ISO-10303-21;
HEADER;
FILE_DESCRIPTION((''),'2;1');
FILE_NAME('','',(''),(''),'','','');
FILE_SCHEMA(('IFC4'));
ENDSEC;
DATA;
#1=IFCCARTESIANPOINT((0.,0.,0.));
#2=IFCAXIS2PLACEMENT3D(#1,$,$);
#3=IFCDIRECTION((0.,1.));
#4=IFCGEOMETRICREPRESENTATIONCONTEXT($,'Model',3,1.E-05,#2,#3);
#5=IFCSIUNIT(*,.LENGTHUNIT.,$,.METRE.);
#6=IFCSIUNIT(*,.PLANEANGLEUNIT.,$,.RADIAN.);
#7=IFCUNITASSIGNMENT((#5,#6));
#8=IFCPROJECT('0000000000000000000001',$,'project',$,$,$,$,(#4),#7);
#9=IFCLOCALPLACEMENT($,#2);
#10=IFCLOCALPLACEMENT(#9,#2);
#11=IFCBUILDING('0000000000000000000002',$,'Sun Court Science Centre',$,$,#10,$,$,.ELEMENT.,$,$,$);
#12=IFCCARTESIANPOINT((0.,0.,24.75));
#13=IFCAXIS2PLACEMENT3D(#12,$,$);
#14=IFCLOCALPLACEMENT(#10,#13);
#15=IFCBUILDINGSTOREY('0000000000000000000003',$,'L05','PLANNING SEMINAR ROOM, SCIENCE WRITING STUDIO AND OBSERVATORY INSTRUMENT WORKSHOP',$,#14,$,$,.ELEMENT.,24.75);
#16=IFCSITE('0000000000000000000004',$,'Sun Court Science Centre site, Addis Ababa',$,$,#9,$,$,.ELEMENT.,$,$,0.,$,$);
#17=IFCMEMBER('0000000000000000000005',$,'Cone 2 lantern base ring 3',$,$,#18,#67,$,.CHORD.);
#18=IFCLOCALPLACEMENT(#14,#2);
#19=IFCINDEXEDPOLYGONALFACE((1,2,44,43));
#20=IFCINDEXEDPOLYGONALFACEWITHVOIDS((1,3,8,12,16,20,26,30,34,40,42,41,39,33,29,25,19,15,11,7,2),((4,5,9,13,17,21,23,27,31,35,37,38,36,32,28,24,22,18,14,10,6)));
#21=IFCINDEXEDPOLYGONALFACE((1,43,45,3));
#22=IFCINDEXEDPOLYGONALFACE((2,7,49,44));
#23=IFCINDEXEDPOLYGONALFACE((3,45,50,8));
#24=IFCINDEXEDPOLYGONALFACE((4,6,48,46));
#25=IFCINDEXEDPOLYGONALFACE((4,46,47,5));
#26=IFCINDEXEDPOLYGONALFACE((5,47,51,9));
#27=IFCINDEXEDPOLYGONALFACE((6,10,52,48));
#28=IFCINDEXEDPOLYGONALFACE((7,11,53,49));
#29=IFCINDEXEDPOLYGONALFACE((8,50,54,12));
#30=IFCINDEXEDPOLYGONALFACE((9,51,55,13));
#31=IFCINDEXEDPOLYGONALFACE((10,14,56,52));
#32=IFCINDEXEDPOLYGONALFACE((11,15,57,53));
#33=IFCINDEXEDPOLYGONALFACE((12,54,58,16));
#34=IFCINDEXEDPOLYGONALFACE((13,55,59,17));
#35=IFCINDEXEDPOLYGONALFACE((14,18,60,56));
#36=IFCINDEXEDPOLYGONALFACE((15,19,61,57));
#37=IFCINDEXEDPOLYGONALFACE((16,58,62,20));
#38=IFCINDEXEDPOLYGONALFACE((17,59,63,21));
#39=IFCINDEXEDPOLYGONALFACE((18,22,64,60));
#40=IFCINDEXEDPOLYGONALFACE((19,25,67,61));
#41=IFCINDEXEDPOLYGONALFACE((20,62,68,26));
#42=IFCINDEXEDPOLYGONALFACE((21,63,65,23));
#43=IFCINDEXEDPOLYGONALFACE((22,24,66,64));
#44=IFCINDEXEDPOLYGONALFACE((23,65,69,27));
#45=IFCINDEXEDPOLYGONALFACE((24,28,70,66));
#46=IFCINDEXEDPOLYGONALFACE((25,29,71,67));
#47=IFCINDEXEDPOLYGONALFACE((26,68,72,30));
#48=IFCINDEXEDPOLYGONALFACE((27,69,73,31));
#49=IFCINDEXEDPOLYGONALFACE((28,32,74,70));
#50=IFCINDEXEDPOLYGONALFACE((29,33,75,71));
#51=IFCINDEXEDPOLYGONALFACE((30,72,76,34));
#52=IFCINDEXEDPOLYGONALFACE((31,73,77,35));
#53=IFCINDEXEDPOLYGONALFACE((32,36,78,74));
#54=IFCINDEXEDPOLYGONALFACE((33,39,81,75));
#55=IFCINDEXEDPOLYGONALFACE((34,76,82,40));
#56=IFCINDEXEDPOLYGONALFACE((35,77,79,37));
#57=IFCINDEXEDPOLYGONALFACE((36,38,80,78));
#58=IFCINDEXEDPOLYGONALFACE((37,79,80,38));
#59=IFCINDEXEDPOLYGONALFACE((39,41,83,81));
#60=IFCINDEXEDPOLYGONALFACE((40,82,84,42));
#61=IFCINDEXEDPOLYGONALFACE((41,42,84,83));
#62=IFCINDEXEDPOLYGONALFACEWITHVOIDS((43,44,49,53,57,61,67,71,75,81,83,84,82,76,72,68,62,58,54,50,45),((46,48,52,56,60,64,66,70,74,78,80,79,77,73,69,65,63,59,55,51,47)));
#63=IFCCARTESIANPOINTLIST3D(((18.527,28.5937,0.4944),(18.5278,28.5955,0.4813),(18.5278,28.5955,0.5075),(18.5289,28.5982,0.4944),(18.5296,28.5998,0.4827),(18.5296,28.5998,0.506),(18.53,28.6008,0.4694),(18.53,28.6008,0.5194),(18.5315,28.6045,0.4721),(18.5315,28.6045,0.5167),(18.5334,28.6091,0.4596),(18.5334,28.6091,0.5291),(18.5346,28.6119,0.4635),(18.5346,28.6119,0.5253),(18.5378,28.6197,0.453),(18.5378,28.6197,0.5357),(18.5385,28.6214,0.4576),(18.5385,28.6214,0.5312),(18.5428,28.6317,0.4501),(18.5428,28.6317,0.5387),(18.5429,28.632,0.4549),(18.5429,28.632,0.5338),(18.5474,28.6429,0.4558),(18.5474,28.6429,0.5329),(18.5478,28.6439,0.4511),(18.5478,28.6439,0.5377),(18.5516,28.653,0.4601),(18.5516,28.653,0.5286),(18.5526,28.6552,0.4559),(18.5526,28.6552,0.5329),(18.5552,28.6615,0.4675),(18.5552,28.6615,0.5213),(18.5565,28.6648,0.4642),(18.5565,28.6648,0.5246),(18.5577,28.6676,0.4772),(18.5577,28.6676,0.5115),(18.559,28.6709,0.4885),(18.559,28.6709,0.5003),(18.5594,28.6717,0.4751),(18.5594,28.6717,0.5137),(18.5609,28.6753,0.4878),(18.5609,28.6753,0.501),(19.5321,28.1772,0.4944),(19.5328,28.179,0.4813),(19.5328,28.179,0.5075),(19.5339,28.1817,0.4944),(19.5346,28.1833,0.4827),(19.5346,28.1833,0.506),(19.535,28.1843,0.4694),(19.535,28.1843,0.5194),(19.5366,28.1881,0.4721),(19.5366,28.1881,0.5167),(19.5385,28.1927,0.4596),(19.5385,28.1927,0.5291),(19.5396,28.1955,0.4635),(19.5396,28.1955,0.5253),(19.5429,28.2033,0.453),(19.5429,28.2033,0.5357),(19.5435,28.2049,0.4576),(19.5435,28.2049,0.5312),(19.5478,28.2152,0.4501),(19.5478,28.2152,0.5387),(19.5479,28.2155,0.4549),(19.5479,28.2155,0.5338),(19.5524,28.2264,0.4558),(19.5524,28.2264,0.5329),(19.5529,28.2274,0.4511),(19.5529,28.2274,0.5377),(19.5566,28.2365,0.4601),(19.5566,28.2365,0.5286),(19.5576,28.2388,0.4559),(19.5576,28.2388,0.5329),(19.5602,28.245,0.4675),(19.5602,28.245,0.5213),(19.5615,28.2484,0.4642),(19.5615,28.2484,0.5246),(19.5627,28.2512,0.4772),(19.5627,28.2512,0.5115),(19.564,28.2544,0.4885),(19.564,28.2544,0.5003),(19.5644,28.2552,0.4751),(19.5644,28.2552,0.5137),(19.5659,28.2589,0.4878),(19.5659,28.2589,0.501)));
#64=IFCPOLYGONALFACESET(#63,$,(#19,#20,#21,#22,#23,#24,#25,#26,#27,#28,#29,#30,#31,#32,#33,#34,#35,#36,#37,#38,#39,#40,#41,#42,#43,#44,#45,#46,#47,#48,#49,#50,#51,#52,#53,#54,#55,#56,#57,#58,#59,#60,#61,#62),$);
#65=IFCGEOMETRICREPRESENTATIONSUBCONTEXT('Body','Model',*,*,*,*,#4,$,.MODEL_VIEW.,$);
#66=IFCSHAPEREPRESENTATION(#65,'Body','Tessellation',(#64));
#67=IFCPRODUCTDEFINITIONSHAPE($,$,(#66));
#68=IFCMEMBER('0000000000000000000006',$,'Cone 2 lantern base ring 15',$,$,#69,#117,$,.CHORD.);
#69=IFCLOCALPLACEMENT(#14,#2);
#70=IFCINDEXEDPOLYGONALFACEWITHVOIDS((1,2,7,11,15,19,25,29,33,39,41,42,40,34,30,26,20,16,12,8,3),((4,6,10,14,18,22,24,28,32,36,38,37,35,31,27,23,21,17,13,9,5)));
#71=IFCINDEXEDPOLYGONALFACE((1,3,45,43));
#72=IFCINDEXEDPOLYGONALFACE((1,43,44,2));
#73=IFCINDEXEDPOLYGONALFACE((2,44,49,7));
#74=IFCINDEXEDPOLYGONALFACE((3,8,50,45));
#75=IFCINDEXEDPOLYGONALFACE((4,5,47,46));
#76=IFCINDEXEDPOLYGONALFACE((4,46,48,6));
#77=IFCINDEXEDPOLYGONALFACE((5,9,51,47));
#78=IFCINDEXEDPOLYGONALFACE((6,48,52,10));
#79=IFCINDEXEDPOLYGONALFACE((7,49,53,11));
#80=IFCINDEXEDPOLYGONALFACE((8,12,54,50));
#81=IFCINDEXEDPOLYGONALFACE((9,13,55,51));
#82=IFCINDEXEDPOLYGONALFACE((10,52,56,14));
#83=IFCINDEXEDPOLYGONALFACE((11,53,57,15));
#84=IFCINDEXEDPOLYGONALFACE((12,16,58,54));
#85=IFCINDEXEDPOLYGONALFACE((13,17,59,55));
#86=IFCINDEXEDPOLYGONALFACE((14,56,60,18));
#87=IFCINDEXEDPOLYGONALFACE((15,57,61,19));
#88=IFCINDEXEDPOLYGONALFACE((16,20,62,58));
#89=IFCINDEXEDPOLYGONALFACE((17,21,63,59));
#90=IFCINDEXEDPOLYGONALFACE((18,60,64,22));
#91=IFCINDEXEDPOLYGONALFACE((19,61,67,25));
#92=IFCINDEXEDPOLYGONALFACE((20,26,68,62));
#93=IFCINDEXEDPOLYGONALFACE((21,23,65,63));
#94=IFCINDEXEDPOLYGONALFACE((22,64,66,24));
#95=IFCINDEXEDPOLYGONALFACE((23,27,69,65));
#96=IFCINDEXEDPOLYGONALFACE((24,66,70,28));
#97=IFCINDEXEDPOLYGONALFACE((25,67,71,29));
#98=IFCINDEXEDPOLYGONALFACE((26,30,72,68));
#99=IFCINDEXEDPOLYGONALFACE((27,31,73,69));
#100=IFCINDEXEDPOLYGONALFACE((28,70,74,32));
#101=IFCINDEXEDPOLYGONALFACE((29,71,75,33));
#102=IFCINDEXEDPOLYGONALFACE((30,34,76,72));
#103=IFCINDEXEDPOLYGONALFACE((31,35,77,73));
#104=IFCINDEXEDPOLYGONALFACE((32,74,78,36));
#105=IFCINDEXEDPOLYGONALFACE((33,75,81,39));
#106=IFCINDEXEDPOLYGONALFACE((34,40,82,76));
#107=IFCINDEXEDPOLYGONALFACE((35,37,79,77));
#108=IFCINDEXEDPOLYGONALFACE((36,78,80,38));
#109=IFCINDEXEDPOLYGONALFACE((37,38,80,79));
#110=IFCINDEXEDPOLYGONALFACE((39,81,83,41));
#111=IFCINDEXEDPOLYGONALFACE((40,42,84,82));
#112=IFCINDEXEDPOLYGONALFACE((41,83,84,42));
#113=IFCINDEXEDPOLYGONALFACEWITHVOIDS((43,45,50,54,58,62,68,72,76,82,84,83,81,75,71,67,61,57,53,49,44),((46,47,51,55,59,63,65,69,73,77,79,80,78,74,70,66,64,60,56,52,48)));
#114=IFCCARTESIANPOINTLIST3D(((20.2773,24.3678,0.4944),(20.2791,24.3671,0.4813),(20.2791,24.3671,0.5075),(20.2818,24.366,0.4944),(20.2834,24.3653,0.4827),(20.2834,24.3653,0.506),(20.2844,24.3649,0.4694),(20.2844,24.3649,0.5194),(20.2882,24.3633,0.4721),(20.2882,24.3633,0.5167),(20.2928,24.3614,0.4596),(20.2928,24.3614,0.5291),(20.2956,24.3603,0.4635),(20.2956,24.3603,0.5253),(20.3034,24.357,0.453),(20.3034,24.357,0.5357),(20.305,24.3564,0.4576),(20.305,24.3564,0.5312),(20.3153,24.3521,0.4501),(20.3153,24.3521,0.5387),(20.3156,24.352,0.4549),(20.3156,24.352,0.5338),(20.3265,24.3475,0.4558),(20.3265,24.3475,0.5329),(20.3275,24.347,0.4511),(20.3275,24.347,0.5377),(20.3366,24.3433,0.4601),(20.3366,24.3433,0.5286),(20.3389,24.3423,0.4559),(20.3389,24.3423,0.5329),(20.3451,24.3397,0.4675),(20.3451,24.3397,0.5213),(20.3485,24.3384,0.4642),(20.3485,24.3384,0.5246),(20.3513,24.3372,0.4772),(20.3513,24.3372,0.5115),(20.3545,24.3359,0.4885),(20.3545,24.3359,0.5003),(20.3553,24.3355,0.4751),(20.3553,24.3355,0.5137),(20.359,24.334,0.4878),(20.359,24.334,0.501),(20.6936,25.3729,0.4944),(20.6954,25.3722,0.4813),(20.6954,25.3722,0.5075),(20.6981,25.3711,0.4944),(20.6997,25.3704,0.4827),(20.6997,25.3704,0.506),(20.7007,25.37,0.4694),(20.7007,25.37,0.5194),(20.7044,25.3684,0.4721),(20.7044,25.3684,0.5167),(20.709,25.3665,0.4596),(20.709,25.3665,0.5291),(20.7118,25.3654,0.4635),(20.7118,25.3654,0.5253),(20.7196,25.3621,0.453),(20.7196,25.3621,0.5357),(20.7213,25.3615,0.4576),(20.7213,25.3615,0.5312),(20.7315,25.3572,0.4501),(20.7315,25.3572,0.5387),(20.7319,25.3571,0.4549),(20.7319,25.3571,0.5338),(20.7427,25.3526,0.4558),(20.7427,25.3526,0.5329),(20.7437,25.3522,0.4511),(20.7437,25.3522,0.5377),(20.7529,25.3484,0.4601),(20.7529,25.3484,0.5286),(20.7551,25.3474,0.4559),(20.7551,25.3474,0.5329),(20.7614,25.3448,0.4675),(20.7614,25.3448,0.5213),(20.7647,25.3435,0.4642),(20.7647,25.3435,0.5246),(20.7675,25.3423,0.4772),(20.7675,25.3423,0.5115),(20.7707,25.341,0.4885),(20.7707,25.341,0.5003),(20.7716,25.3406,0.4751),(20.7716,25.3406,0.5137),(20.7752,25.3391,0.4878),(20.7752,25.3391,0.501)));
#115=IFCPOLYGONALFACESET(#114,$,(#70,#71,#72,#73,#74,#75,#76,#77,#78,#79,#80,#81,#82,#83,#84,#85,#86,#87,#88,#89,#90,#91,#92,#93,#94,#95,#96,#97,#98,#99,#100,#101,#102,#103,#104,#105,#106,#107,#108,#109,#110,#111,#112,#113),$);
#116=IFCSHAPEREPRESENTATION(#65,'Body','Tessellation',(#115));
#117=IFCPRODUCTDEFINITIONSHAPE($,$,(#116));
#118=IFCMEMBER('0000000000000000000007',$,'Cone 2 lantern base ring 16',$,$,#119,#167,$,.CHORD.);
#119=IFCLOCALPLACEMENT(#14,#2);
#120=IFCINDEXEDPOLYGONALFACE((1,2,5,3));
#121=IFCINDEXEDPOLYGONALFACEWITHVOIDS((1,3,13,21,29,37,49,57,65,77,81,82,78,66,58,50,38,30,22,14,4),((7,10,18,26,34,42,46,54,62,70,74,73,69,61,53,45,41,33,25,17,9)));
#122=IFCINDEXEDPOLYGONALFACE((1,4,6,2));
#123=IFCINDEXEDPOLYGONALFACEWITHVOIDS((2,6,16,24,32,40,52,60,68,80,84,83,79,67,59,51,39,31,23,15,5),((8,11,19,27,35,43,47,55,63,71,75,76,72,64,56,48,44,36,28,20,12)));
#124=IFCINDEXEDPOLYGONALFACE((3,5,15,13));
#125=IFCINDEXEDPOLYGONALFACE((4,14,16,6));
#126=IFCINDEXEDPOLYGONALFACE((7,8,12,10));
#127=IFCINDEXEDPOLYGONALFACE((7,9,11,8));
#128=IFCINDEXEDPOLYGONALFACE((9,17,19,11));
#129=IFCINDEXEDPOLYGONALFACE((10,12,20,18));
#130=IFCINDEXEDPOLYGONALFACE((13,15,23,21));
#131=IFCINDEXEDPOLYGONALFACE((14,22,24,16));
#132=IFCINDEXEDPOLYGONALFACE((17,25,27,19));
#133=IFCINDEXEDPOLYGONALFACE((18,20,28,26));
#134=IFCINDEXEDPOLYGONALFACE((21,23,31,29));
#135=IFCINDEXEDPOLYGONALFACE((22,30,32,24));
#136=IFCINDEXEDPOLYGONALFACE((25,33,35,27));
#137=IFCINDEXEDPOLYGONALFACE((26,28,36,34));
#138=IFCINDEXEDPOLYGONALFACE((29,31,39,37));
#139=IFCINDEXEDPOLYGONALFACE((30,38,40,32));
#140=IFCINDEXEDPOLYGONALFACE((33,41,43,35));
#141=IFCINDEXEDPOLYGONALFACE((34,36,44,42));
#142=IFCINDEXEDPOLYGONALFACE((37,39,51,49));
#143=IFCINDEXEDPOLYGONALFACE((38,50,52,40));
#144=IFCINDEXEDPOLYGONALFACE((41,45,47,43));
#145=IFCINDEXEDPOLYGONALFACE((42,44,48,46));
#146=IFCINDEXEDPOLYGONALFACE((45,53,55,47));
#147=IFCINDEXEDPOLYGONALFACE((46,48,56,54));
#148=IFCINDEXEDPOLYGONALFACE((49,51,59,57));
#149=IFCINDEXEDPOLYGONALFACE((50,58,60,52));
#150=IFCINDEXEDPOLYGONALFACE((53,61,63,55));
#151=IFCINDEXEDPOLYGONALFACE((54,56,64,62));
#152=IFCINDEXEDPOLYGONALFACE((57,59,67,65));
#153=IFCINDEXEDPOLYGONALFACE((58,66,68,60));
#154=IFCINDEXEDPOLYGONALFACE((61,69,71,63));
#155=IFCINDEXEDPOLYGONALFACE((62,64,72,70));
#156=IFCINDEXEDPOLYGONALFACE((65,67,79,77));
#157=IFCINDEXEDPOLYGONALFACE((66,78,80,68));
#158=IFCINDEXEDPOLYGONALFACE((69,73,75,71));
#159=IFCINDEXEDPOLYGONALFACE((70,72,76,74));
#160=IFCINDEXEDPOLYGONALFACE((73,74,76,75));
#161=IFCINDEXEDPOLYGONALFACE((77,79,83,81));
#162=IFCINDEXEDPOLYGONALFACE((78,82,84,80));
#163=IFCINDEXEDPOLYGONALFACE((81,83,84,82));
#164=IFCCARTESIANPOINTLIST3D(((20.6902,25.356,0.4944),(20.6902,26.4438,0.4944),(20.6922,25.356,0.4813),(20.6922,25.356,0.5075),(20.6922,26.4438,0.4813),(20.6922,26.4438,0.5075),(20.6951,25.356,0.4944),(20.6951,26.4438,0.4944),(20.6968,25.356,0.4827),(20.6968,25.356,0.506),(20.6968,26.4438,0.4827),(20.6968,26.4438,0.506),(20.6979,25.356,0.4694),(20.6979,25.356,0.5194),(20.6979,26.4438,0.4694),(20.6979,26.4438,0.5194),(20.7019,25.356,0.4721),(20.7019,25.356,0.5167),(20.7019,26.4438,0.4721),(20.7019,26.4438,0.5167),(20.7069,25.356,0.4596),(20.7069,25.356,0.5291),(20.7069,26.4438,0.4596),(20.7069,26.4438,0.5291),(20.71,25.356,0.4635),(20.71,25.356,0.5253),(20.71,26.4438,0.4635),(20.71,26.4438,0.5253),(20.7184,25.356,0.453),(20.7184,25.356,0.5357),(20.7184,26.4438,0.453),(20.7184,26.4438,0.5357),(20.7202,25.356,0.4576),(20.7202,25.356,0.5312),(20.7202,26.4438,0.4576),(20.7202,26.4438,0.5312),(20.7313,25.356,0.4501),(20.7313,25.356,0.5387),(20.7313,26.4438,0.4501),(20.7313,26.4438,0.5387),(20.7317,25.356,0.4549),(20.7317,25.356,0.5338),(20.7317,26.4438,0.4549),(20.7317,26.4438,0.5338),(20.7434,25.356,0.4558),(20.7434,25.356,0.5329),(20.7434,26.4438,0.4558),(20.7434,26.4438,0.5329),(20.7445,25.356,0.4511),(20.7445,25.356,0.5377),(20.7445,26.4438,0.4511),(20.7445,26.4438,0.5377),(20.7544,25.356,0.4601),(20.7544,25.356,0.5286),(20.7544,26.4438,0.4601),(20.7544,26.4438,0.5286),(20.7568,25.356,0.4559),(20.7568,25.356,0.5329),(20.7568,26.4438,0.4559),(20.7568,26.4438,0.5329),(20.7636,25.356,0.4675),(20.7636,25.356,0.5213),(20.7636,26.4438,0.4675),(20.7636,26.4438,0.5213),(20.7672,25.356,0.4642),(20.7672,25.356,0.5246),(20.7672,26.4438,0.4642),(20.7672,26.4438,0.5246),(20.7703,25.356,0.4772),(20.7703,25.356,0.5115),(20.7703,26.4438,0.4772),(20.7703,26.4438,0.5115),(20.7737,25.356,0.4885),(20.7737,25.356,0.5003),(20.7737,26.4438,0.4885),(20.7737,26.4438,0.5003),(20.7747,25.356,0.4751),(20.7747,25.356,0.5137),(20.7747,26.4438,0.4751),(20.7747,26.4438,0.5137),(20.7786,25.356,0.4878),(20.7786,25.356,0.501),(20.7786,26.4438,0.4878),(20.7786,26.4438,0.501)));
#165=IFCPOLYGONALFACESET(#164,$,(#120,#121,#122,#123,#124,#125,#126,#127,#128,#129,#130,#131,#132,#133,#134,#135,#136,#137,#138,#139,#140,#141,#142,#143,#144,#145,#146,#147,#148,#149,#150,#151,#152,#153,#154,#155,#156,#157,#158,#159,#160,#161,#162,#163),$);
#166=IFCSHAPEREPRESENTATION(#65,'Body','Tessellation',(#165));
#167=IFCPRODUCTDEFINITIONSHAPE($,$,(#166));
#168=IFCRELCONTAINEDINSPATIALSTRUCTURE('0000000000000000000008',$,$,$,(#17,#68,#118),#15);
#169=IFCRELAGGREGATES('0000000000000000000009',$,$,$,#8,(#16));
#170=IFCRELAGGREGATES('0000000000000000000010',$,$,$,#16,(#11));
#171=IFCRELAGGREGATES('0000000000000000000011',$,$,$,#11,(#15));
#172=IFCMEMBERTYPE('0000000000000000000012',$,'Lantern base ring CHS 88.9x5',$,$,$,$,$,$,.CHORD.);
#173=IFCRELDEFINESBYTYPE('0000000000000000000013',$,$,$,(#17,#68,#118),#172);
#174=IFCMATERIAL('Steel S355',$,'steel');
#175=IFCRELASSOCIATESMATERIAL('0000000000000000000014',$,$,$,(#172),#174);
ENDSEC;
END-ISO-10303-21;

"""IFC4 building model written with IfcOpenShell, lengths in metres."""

from ifc_helpers import new_model, si_unit, direction, frame, origin, origin_2d, place, context, subcontext, project, spatial, hollow_circle, extrude, material, material_profile, profile_set, type_object, element, save


model = new_model("IFC4")

# Units and contexts
model_context = context("Model", 3, precision=1e-05, world=origin(), true_north=direction((0.0, 1.0)))
body_context = subcontext(model_context, "Body", "Model", "MODEL_VIEW")
ifc_project = project(units=[si_unit("LENGTHUNIT", "METRE"), si_unit("PLANEANGLEUNIT", "RADIAN")], contexts=[model_context])

# Site, building, storey
site_placement = place(None, origin())
site = spatial("IfcSite", under=ifc_project, at=site_placement, Name="Sun Court Science Centre site, Addis Ababa", CompositionType="ELEMENT", RefElevation=0.0)
building_placement = place(site_placement, origin())
building = spatial("IfcBuilding", under=site, at=building_placement, Name="Sun Court Science Centre", CompositionType="ELEMENT")
storey_placement = place(building_placement, frame((0.0, 0.0, 24.75)))
storey = spatial("IfcBuildingStorey", under=building, at=storey_placement, Name="L05", Description="PLANNING SEMINAR ROOM, SCIENCE WRITING STUDIO AND OBSERVATORY INSTRUMENT WORKSHOP", CompositionType="ELEMENT", Elevation=24.75)

# Members
ifc_material_1 = material(Name="Steel S355", Category="steel")
ifc_material_profile_1 = material_profile(ifc_material_1, hollow_circle(Radius=0.0444, WallThickness=0.0049, at=origin_2d()), Name="CHS 88.9x5")
ifc_profile_set_1 = profile_set([ifc_material_profile_1], Name="Steel S355")
member_type_1 = type_object("IfcMemberType", Name="Lantern base ring CHS 88.9x5", PredefinedType="CHORD", material=ifc_profile_set_1)
for number, where, z_axis, x_axis, name in (
    (1, (19.5491, 28.2183, 0.4944), (-0.923825, 0.382814, 0.0), (-0.382814, -0.923825, 0.0), "Cone 2 lantern base ring 3"),
    (2, (20.3184, 24.3508, 0.4944), (0.382623, 0.923905, 0.0), (-0.923905, 0.382623, 0.0), "Cone 2 lantern base ring 15"),
    (3, (20.7346, 25.356, 0.4944), (0.0, 1.0, 0.0), (-1.0, 0.0, 0.0), "Cone 2 lantern base ring 16"),
):
    element("IfcMember", number, at=place(storey_placement, frame(where, z_axis=z_axis, x_axis=x_axis)), inside=storey, type_object=member_type_1, Name=name, PredefinedType="CHORD", context=body_context, shape_type="SweptSolid", body=[
        extrude(hollow_circle(Radius=0.0444, WallThickness=0.0049, at=origin_2d()), origin(), (0.0, 0.0, 1.0), 1.0879),
    ])

save(model, "model.ifc")
